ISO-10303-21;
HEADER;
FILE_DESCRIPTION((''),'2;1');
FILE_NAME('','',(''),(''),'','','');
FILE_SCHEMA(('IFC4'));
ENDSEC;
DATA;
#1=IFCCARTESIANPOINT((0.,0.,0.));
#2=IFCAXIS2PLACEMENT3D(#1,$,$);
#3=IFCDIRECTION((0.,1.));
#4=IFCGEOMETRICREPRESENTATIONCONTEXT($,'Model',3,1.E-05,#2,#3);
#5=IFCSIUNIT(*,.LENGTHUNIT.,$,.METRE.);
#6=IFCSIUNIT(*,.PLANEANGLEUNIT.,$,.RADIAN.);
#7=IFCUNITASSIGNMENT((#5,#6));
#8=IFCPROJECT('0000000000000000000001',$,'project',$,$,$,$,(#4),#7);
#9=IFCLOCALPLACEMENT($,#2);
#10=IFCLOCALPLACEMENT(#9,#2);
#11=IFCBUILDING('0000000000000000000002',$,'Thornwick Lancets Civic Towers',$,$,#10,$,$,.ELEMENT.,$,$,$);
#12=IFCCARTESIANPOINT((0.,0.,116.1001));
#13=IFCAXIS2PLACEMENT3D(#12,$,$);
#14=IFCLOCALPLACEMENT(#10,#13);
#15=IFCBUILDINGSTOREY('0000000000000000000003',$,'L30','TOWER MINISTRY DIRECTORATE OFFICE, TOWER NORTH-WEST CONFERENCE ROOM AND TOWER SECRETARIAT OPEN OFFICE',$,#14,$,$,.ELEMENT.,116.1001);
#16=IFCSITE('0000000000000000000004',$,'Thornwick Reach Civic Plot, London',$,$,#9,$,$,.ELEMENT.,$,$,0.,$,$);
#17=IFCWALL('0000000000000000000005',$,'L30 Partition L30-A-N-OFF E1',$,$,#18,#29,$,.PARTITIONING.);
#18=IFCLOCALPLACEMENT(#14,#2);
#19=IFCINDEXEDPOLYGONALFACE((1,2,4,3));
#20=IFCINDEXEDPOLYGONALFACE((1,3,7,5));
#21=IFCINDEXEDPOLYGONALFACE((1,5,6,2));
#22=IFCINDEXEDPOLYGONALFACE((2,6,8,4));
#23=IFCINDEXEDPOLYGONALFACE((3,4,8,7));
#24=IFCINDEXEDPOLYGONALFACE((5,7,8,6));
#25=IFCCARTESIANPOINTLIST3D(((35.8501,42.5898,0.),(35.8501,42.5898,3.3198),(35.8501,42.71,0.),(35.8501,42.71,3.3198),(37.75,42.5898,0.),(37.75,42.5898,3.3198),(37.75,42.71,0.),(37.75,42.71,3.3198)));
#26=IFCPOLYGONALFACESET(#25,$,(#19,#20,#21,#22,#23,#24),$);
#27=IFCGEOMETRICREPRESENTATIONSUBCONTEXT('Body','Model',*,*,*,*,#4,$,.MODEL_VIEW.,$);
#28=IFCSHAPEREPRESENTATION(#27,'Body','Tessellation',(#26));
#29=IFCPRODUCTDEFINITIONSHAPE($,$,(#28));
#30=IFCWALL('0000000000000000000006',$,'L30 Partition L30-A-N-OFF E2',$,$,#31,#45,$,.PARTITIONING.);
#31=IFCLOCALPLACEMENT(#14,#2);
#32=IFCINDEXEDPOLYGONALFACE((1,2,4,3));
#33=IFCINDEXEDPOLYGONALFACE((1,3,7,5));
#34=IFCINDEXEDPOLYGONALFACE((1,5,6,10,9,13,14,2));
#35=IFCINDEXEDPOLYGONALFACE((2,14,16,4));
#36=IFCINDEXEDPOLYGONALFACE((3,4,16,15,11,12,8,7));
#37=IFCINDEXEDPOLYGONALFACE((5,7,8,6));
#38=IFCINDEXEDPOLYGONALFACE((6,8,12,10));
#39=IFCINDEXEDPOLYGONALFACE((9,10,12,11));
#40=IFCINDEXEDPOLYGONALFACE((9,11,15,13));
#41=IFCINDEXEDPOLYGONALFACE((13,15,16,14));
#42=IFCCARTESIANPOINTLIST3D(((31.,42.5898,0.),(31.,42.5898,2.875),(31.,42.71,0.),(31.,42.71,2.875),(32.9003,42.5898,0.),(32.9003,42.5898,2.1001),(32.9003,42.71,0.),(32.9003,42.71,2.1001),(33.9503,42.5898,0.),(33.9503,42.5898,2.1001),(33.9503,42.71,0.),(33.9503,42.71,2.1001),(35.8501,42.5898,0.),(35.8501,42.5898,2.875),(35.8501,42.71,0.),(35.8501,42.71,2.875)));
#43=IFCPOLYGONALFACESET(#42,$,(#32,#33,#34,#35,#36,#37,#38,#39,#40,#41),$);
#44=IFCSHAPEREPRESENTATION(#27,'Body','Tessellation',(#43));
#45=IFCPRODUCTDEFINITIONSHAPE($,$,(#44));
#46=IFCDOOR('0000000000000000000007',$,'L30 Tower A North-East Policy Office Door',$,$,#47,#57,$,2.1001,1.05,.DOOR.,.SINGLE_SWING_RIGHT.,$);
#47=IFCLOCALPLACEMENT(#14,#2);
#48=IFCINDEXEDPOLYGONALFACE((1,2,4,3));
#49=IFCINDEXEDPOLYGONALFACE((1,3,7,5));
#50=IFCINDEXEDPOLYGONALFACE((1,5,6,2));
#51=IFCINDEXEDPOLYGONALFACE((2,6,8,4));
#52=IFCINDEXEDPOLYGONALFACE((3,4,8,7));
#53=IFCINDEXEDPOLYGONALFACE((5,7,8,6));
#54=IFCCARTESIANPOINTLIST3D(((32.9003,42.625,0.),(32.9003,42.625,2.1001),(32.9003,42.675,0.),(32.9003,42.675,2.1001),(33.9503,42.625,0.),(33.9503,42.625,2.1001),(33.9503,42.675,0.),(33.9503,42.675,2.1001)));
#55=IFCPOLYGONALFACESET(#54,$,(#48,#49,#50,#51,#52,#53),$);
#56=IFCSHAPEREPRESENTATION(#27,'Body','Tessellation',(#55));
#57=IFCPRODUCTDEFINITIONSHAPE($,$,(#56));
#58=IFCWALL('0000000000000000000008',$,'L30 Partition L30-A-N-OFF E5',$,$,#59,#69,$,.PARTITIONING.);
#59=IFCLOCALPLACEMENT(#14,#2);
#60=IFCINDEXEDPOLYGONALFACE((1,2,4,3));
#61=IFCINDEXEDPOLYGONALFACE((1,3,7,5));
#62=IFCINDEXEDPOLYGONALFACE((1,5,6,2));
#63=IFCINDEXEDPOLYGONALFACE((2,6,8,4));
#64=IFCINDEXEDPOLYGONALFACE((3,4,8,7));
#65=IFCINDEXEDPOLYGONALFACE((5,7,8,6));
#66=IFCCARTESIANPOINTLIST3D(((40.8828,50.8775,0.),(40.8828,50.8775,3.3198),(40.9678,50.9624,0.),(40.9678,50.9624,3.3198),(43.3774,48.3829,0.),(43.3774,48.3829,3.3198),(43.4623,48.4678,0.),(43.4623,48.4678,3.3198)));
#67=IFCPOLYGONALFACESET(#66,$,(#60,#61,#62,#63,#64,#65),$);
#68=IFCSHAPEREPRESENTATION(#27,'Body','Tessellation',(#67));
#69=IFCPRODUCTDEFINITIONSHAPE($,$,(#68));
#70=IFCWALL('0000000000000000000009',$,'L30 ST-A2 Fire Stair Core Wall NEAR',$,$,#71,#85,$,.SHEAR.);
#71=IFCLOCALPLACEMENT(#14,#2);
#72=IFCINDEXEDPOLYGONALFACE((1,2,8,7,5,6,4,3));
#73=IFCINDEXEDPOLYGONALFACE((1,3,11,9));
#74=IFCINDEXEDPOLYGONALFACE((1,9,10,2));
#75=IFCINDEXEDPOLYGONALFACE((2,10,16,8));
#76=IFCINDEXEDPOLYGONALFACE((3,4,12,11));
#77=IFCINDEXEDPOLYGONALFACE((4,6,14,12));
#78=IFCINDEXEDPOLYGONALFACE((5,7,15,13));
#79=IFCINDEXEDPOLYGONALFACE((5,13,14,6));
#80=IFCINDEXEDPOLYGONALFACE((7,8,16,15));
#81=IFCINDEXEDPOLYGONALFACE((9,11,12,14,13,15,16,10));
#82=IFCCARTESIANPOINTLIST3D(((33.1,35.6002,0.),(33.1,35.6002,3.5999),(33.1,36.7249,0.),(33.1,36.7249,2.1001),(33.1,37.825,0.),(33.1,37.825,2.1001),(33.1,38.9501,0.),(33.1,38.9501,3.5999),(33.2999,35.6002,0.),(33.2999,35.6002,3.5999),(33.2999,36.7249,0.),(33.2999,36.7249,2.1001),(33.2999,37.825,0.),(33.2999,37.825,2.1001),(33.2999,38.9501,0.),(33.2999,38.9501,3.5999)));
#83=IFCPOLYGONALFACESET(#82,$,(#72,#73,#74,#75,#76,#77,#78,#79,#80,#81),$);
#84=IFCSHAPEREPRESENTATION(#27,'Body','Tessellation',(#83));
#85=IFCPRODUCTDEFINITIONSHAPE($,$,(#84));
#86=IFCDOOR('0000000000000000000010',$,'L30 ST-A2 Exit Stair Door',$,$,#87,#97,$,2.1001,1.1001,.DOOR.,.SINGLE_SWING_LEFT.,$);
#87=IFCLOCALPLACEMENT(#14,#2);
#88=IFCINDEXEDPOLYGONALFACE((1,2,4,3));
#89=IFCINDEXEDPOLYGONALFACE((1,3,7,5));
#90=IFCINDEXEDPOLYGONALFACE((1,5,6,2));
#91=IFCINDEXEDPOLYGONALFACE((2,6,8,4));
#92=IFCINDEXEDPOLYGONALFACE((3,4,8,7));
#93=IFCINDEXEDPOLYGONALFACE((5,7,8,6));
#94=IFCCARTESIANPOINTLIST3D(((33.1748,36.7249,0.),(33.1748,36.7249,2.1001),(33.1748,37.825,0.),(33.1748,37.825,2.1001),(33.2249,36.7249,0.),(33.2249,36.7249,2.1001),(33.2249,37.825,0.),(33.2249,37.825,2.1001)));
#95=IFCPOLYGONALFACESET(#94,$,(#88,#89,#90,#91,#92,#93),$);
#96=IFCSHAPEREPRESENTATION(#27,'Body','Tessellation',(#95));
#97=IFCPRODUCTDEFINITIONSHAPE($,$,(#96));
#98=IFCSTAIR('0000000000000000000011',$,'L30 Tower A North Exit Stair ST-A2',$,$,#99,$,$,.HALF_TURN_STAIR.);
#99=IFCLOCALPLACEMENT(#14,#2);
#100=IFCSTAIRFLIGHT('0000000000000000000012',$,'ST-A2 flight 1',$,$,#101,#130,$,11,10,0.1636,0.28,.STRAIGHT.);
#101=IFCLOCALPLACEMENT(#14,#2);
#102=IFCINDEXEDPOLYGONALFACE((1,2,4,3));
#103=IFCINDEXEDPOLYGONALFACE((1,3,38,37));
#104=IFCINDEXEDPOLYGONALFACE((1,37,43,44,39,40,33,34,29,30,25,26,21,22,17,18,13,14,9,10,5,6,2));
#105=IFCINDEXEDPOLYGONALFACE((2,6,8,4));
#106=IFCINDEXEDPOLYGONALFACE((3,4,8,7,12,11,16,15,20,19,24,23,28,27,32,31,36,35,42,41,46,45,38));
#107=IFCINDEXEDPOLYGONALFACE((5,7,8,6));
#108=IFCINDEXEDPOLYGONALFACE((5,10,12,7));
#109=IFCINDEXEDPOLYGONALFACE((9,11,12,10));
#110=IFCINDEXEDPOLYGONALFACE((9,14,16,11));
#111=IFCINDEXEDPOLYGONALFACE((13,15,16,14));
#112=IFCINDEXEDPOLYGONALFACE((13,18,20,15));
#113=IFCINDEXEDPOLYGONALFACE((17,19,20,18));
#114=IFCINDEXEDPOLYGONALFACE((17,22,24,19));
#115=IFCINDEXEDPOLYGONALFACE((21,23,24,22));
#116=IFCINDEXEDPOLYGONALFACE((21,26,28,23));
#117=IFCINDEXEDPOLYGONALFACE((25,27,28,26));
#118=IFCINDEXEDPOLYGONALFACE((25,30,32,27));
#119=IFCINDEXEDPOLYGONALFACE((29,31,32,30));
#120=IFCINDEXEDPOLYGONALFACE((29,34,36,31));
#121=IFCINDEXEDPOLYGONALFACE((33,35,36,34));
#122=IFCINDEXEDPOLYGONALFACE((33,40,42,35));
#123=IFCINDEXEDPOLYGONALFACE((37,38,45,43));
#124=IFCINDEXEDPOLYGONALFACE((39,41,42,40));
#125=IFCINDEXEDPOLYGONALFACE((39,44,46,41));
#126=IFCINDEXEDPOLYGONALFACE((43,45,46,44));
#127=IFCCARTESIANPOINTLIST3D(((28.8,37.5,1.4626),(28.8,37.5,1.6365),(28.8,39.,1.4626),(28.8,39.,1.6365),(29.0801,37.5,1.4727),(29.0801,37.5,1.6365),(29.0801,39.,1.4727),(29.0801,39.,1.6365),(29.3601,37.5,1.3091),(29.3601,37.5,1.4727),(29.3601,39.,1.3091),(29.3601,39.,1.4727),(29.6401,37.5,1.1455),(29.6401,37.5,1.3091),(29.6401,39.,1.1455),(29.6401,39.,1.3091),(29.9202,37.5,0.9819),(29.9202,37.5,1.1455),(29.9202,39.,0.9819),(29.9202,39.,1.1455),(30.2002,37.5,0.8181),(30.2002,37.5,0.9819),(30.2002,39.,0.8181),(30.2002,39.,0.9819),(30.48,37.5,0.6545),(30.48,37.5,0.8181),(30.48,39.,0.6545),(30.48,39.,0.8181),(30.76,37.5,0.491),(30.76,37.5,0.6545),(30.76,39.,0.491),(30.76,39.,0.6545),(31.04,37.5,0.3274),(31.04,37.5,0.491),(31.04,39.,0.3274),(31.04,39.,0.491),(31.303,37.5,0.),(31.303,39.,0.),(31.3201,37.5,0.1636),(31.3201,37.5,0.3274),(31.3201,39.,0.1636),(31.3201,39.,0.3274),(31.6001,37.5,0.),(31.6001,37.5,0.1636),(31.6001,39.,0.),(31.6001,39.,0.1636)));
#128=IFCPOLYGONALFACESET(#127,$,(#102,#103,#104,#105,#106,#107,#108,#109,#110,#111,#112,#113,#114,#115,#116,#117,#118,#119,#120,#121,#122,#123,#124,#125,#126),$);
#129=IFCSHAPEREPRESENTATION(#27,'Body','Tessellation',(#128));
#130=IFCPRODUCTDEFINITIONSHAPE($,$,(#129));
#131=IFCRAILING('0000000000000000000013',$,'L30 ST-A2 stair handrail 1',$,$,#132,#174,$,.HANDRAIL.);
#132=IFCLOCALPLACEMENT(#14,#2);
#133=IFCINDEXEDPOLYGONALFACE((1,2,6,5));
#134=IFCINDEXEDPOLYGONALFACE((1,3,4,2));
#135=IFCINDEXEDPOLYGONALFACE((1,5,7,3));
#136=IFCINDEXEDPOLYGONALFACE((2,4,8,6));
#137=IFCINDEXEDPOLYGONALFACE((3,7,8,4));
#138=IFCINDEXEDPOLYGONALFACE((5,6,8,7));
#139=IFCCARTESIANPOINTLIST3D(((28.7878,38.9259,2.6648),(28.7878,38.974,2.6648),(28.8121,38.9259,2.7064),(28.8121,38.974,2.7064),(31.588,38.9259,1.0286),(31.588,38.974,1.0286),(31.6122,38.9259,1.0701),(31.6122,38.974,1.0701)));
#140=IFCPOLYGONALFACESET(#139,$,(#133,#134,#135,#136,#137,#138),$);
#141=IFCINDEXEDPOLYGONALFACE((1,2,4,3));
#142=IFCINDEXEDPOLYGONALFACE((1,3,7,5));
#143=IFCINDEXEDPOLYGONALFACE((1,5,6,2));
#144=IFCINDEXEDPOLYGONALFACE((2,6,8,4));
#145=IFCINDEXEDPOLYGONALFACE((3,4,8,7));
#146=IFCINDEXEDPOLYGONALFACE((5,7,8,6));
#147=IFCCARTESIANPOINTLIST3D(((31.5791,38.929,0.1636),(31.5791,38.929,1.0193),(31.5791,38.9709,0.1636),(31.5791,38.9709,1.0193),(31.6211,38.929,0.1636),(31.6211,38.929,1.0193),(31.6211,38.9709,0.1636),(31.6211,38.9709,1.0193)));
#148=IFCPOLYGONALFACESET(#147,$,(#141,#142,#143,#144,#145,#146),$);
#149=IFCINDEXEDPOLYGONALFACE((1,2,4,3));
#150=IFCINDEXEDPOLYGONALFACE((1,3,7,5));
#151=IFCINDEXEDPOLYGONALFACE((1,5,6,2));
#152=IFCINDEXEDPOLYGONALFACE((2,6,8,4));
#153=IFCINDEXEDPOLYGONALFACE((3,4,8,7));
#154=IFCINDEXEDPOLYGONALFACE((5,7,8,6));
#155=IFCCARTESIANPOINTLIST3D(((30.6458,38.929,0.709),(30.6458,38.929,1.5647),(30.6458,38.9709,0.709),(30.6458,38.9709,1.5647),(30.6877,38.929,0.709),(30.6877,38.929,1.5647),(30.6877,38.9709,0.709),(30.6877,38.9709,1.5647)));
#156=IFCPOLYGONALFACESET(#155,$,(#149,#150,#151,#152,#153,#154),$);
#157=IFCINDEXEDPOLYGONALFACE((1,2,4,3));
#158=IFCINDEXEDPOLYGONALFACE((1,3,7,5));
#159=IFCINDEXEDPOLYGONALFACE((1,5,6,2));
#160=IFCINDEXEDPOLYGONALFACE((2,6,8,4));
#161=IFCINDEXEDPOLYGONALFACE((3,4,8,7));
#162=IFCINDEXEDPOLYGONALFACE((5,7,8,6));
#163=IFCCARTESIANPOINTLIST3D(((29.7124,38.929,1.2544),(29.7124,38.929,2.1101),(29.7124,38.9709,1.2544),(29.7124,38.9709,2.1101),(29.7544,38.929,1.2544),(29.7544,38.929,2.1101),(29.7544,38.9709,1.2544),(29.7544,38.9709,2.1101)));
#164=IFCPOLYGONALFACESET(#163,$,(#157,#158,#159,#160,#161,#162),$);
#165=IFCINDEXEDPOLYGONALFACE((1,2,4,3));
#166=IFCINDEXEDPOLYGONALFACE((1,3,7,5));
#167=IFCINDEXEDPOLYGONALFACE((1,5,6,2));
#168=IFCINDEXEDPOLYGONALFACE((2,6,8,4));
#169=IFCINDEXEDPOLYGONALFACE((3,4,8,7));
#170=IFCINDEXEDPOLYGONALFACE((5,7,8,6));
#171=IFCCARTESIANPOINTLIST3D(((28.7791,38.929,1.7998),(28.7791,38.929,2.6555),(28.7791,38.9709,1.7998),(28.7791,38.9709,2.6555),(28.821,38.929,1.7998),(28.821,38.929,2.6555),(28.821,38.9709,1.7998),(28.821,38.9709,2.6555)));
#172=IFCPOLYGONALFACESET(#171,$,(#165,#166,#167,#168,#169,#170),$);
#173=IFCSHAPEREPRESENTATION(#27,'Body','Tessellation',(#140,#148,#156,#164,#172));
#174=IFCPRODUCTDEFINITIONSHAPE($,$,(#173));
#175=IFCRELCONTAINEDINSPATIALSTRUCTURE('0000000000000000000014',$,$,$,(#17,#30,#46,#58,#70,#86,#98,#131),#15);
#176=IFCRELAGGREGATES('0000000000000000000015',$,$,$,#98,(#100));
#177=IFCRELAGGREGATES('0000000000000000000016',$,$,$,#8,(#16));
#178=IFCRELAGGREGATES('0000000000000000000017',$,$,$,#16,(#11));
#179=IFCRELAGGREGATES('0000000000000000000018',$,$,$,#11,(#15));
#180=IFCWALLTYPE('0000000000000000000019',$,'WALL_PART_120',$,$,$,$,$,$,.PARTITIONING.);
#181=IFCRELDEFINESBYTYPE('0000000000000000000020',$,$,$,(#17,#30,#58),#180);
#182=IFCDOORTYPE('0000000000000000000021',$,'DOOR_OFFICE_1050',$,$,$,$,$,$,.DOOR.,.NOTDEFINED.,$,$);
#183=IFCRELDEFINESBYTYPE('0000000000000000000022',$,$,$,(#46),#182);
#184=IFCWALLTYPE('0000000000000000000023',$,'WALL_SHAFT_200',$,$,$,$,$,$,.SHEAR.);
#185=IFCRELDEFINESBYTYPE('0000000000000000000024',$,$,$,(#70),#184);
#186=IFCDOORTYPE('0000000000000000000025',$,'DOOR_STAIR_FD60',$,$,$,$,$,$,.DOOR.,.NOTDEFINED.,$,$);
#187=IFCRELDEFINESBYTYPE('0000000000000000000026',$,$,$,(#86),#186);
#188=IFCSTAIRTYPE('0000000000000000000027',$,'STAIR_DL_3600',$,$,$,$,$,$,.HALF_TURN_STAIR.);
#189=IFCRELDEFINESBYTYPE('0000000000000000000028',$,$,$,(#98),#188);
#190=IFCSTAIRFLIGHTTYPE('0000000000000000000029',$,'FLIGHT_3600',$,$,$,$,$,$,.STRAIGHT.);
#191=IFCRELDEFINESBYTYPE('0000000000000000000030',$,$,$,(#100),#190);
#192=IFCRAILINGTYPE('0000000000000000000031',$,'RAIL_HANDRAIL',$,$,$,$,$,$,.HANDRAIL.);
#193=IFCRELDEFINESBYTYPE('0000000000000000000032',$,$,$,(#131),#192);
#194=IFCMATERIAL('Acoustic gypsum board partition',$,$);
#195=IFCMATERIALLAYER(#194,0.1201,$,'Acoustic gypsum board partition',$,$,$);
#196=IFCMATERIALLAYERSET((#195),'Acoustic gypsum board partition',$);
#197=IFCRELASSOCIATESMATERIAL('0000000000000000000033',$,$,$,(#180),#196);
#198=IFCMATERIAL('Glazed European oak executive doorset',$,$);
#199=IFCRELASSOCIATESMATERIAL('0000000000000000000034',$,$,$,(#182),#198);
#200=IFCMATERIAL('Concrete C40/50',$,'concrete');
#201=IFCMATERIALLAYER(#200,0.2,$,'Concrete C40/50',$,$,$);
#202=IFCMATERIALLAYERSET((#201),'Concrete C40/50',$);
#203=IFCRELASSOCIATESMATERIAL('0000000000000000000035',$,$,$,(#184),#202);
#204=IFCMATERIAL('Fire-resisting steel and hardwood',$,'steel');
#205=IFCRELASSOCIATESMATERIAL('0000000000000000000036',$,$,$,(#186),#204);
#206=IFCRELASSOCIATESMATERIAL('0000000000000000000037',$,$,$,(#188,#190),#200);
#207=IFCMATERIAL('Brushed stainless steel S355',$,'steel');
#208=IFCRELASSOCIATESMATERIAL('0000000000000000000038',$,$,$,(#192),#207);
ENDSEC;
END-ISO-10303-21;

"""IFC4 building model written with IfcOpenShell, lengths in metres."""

from ifc_helpers import new_model, si_unit, direction, frame, frame_2d, origin, origin_2d, place, context, subcontext, project, spatial, polyline, rectangle, outline, extrude, material, layer, layer_set, type_object, element, fill, aggregate, save


model = new_model("IFC4")

# Units and contexts
model_context = context("Model", 3, precision=1e-05, world=origin(), true_north=direction((0.0, 1.0)))
body_context = subcontext(model_context, "Body", "Model", "MODEL_VIEW")
ifc_project = project(units=[si_unit("LENGTHUNIT", "METRE"), si_unit("PLANEANGLEUNIT", "RADIAN")], contexts=[model_context])

# Site, building, storey
site_placement = place(None, origin())
site = spatial("IfcSite", under=ifc_project, at=site_placement, Name="Thornwick Reach Civic Plot, London", CompositionType="ELEMENT", RefElevation=0.0)
building_placement = place(site_placement, origin())
building = spatial("IfcBuilding", under=site, at=building_placement, Name="Thornwick Lancets Civic Towers", CompositionType="ELEMENT")
storey_placement = place(building_placement, frame((0.0, 0.0, 116.1001)))
storey = spatial("IfcBuildingStorey", under=building, at=storey_placement, Name="L30", Description="TOWER MINISTRY DIRECTORATE OFFICE, TOWER NORTH-WEST CONFERENCE ROOM AND TOWER SECRETARIAT OPEN OFFICE", CompositionType="ELEMENT", Elevation=116.1001)

# Wall
ifc_material_1 = material(Name="Acoustic gypsum board partition")
ifc_layer_1 = layer(ifc_material_1, 0.1201, Name="Acoustic gypsum board partition")
ifc_layer_set_1 = layer_set([ifc_layer_1], Name="Acoustic gypsum board partition")
wall_type_1 = type_object("IfcWallType", Name="WALL_PART_120", PredefinedType="PARTITIONING", material=ifc_layer_set_1)
wall_1_placement = place(storey_placement, frame((37.75, 42.6499, 0.0), z_axis=(0.0, 0.0, 1.0), x_axis=(-1.0, 0.0, 0.0)))
element("IfcWall", 1, at=wall_1_placement, inside=storey, type_object=wall_type_1, Name="L30 Partition L30-A-N-OFF E1", PredefinedType="PARTITIONING", context=body_context, shape_type="SweptSolid", body=[
    extrude(rectangle(XDim=1.8999, YDim=0.1201, at=frame_2d((0.95, 0.0))), origin(), (0.0, 0.0, 1.0), 3.3198),
])

# Wall, opening, door
wall_2_placement = place(storey_placement, frame((35.8501, 42.6499, 0.0), z_axis=(0.0, 0.0, 1.0), x_axis=(-1.0, 0.0, 0.0)))
wall_2 = element("IfcWall", 2, at=wall_2_placement, inside=storey, type_object=wall_type_1, Name="L30 Partition L30-A-N-OFF E2", PredefinedType="PARTITIONING", context=body_context, shape_type="SweptSolid", body=[
    extrude(rectangle(XDim=4.8501, YDim=0.1201, at=frame_2d((2.425, 0.0))), origin(), (0.0, 0.0, 1.0), 2.875),
])
opening_1_placement = place(wall_2_placement, frame((1.8999, 0.0, 0.0)))
opening_1 = element("IfcOpeningElement", 3, at=opening_1_placement, cuts=wall_2, PredefinedType="OPENING", context=body_context, shape_type="SweptSolid", body=[
    extrude(rectangle(XDim=1.05, YDim=2.1001, at=frame_2d((0.5249, 1.05))), frame((0.0, 0.0701, 0.0), z_axis=(0.0, -1.0, 0.0), x_axis=(1.0, 0.0, 0.0)), (0.0, 0.0, 1.0), 0.1401),
])
ifc_material_2 = material(Name="Glazed European oak executive doorset")
door_type_1 = type_object("IfcDoorType", Name="DOOR_OFFICE_1050", OperationType="NOTDEFINED", PredefinedType="DOOR", material=ifc_material_2)
door_1_placement = place(opening_1_placement, origin())
door_1 = element("IfcDoor", 4, at=door_1_placement, inside=storey, type_object=door_type_1, Name="L30 Tower A North-East Policy Office Door", OperationType="SINGLE_SWING_RIGHT", OverallHeight=2.1001, OverallWidth=1.05, PredefinedType="DOOR", context=body_context, shape_type="SweptSolid", body=[
    extrude(rectangle(XDim=1.05, YDim=2.1001, at=frame_2d((0.5249, 1.05))), frame((0.0, 0.0249, 0.0), z_axis=(0.0, -1.0, 0.0), x_axis=(1.0, 0.0, 0.0)), (0.0, 0.0, 1.0), 0.05),
])
fill(opening_1, door_1)

# Wall
wall_3_placement = place(storey_placement, frame((40.9253, 50.9199, 0.0), z_axis=(0.0, 0.0, 1.0), x_axis=(0.707107, -0.707107, 0.0)))
element("IfcWall", 5, at=wall_3_placement, inside=storey, type_object=wall_type_1, Name="L30 Partition L30-A-N-OFF E5", PredefinedType="PARTITIONING", context=body_context, shape_type="SweptSolid", body=[
    extrude(rectangle(XDim=3.5278, YDim=0.1201, at=frame_2d((1.7639, 0.0))), origin(), (0.0, 0.0, 1.0), 3.3198),
])

# Wall, opening, door
ifc_material_3 = material(Name="Concrete C40/50", Category="concrete")
ifc_layer_2 = layer(ifc_material_3, 0.2, Name="Concrete C40/50")
ifc_layer_set_2 = layer_set([ifc_layer_2], Name="Concrete C40/50")
wall_type_2 = type_object("IfcWallType", Name="WALL_SHAFT_200", PredefinedType="SHEAR", material=ifc_layer_set_2)
wall_4_placement = place(storey_placement, frame((33.2, 38.95, 0.0), z_axis=(0.0, 0.0, 1.0), x_axis=(0.0, -1.0, 0.0)))
wall_4 = element("IfcWall", 6, at=wall_4_placement, inside=storey, type_object=wall_type_2, Name="L30 ST-A2 Fire Stair Core Wall NEAR", PredefinedType="SHEAR", context=body_context, shape_type="SweptSolid", body=[
    extrude(rectangle(XDim=3.3499, YDim=0.2, at=frame_2d((1.6748, 0.0))), origin(), (0.0, 0.0, 1.0), 3.5999),
])
opening_2_placement = place(wall_4_placement, frame((1.125, 0.0, 0.0)))
opening_2 = element("IfcOpeningElement", 7, at=opening_2_placement, cuts=wall_4, PredefinedType="OPENING", context=body_context, shape_type="SweptSolid", body=[
    extrude(rectangle(XDim=1.1001, YDim=2.1001, at=frame_2d((0.55, 1.05))), frame((0.0, 0.1099, 0.0), z_axis=(0.0, -1.0, 0.0), x_axis=(1.0, 0.0, 0.0)), (0.0, 0.0, 1.0), 0.22),
])
ifc_material_4 = material(Name="Fire-resisting steel and hardwood", Category="steel")
door_type_2 = type_object("IfcDoorType", Name="DOOR_STAIR_FD60", OperationType="NOTDEFINED", PredefinedType="DOOR", material=ifc_material_4)
door_2_placement = place(opening_2_placement, origin())
door_2 = element("IfcDoor", 8, at=door_2_placement, inside=storey, type_object=door_type_2, Name="L30 ST-A2 Exit Stair Door", OperationType="SINGLE_SWING_LEFT", OverallHeight=2.1001, OverallWidth=1.1001, PredefinedType="DOOR", context=body_context, shape_type="SweptSolid", body=[
    extrude(rectangle(XDim=1.1001, YDim=2.1001, at=frame_2d((0.55, 1.05))), frame((0.0, 0.0249, 0.0), z_axis=(0.0, -1.0, 0.0), x_axis=(1.0, 0.0, 0.0)), (0.0, 0.0, 1.0), 0.05),
])
fill(opening_2, door_2)

# Stair, stair flight
stair_type = type_object("IfcStairType", Name="STAIR_DL_3600", PredefinedType="HALF_TURN_STAIR", material=ifc_material_3)
stair_placement = place(storey_placement, origin())
stair = element("IfcStair", 9, at=stair_placement, inside=storey, type_object=stair_type, Name="L30 Tower A North Exit Stair ST-A2", PredefinedType="HALF_TURN_STAIR")
stair_flight_type = type_object("IfcStairFlightType", Name="FLIGHT_3600", PredefinedType="STRAIGHT", material=ifc_material_3)
stair_flight_placement = place(storey_placement, frame((31.6001, 38.25, 0.0), z_axis=(0.0, 0.0, 1.0), x_axis=(-1.0, 0.0, 0.0)))
stair_flight = element("IfcStairFlight", 10, at=stair_flight_placement, type_object=stair_flight_type, Name="ST-A2 flight 1", NumberOfRisers=11, NumberOfTreads=10, PredefinedType="STRAIGHT", RiserHeight=0.1636, TreadLength=0.28, context=body_context, shape_type="SweptSolid", body=[
    extrude(outline(polyline([(0.0, 0.0), (0.0, 0.1636), (0.28, 0.1636), (0.28, 0.3274), (0.5601, 0.3274), (0.5601, 0.491), (0.8401, 0.491), (0.8401, 0.6545), (1.1201, 0.6545), (1.1201, 0.8181), (1.3999, 0.8181), (1.3999, 0.9819), (1.6799, 0.9819), (1.6799, 1.1455), (1.96, 1.1455), (1.96, 1.3091), (2.24, 1.3091), (2.24, 1.4727), (2.52, 1.4727), (2.52, 1.6365), (2.8, 1.6365), (2.8, 1.8), (2.8, 1.4626), (0.2971, 0.0), (0.0, 0.0)])), frame((0.0, 0.75, 0.0), z_axis=(0.0, -1.0, 0.0), x_axis=(1.0, 0.0, 0.0)), (0.0, 0.0, 1.0), 1.5),
])
aggregate(stair, [stair_flight])

# Railing
ifc_material_5 = material(Name="Brushed stainless steel S355", Category="steel")
railing_type_1 = type_object("IfcRailingType", Name="RAIL_HANDRAIL", PredefinedType="HANDRAIL", material=ifc_material_5)
railing_1_placement = place(storey_placement, frame((31.6001, 38.95, 0.1636)))
element("IfcRailing", 11, at=railing_1_placement, inside=storey, type_object=railing_type_1, Name="L30 ST-A2 stair handrail 1", PredefinedType="HANDRAIL", context=body_context, shape_type="SweptSolid", body=[
    extrude(rectangle(XDim=0.0481, YDim=0.0481, at=origin_2d()), frame((0.0, 0.0, 0.8857), z_axis=(-0.863394, 0.0, 0.504531), x_axis=(0.0, -1.0, 0.0)), (0.0, 0.0, 1.0), 3.2432),
    extrude(rectangle(XDim=0.042, YDim=0.042, at=origin_2d()), origin(), (0.0, 0.0, 1.0), 0.8557),
    extrude(rectangle(XDim=0.042, YDim=0.042, at=origin_2d()), frame((-0.9333, 0.0, 0.5454)), (0.0, 0.0, 1.0), 0.8557),
    extrude(rectangle(XDim=0.042, YDim=0.042, at=origin_2d()), frame((-1.8667, 0.0, 1.0908)), (0.0, 0.0, 1.0), 0.8557),
    extrude(rectangle(XDim=0.042, YDim=0.042, at=origin_2d()), frame((-2.8, 0.0, 1.6362)), (0.0, 0.0, 1.0), 0.8557),
])

save(model, "model.ifc")
